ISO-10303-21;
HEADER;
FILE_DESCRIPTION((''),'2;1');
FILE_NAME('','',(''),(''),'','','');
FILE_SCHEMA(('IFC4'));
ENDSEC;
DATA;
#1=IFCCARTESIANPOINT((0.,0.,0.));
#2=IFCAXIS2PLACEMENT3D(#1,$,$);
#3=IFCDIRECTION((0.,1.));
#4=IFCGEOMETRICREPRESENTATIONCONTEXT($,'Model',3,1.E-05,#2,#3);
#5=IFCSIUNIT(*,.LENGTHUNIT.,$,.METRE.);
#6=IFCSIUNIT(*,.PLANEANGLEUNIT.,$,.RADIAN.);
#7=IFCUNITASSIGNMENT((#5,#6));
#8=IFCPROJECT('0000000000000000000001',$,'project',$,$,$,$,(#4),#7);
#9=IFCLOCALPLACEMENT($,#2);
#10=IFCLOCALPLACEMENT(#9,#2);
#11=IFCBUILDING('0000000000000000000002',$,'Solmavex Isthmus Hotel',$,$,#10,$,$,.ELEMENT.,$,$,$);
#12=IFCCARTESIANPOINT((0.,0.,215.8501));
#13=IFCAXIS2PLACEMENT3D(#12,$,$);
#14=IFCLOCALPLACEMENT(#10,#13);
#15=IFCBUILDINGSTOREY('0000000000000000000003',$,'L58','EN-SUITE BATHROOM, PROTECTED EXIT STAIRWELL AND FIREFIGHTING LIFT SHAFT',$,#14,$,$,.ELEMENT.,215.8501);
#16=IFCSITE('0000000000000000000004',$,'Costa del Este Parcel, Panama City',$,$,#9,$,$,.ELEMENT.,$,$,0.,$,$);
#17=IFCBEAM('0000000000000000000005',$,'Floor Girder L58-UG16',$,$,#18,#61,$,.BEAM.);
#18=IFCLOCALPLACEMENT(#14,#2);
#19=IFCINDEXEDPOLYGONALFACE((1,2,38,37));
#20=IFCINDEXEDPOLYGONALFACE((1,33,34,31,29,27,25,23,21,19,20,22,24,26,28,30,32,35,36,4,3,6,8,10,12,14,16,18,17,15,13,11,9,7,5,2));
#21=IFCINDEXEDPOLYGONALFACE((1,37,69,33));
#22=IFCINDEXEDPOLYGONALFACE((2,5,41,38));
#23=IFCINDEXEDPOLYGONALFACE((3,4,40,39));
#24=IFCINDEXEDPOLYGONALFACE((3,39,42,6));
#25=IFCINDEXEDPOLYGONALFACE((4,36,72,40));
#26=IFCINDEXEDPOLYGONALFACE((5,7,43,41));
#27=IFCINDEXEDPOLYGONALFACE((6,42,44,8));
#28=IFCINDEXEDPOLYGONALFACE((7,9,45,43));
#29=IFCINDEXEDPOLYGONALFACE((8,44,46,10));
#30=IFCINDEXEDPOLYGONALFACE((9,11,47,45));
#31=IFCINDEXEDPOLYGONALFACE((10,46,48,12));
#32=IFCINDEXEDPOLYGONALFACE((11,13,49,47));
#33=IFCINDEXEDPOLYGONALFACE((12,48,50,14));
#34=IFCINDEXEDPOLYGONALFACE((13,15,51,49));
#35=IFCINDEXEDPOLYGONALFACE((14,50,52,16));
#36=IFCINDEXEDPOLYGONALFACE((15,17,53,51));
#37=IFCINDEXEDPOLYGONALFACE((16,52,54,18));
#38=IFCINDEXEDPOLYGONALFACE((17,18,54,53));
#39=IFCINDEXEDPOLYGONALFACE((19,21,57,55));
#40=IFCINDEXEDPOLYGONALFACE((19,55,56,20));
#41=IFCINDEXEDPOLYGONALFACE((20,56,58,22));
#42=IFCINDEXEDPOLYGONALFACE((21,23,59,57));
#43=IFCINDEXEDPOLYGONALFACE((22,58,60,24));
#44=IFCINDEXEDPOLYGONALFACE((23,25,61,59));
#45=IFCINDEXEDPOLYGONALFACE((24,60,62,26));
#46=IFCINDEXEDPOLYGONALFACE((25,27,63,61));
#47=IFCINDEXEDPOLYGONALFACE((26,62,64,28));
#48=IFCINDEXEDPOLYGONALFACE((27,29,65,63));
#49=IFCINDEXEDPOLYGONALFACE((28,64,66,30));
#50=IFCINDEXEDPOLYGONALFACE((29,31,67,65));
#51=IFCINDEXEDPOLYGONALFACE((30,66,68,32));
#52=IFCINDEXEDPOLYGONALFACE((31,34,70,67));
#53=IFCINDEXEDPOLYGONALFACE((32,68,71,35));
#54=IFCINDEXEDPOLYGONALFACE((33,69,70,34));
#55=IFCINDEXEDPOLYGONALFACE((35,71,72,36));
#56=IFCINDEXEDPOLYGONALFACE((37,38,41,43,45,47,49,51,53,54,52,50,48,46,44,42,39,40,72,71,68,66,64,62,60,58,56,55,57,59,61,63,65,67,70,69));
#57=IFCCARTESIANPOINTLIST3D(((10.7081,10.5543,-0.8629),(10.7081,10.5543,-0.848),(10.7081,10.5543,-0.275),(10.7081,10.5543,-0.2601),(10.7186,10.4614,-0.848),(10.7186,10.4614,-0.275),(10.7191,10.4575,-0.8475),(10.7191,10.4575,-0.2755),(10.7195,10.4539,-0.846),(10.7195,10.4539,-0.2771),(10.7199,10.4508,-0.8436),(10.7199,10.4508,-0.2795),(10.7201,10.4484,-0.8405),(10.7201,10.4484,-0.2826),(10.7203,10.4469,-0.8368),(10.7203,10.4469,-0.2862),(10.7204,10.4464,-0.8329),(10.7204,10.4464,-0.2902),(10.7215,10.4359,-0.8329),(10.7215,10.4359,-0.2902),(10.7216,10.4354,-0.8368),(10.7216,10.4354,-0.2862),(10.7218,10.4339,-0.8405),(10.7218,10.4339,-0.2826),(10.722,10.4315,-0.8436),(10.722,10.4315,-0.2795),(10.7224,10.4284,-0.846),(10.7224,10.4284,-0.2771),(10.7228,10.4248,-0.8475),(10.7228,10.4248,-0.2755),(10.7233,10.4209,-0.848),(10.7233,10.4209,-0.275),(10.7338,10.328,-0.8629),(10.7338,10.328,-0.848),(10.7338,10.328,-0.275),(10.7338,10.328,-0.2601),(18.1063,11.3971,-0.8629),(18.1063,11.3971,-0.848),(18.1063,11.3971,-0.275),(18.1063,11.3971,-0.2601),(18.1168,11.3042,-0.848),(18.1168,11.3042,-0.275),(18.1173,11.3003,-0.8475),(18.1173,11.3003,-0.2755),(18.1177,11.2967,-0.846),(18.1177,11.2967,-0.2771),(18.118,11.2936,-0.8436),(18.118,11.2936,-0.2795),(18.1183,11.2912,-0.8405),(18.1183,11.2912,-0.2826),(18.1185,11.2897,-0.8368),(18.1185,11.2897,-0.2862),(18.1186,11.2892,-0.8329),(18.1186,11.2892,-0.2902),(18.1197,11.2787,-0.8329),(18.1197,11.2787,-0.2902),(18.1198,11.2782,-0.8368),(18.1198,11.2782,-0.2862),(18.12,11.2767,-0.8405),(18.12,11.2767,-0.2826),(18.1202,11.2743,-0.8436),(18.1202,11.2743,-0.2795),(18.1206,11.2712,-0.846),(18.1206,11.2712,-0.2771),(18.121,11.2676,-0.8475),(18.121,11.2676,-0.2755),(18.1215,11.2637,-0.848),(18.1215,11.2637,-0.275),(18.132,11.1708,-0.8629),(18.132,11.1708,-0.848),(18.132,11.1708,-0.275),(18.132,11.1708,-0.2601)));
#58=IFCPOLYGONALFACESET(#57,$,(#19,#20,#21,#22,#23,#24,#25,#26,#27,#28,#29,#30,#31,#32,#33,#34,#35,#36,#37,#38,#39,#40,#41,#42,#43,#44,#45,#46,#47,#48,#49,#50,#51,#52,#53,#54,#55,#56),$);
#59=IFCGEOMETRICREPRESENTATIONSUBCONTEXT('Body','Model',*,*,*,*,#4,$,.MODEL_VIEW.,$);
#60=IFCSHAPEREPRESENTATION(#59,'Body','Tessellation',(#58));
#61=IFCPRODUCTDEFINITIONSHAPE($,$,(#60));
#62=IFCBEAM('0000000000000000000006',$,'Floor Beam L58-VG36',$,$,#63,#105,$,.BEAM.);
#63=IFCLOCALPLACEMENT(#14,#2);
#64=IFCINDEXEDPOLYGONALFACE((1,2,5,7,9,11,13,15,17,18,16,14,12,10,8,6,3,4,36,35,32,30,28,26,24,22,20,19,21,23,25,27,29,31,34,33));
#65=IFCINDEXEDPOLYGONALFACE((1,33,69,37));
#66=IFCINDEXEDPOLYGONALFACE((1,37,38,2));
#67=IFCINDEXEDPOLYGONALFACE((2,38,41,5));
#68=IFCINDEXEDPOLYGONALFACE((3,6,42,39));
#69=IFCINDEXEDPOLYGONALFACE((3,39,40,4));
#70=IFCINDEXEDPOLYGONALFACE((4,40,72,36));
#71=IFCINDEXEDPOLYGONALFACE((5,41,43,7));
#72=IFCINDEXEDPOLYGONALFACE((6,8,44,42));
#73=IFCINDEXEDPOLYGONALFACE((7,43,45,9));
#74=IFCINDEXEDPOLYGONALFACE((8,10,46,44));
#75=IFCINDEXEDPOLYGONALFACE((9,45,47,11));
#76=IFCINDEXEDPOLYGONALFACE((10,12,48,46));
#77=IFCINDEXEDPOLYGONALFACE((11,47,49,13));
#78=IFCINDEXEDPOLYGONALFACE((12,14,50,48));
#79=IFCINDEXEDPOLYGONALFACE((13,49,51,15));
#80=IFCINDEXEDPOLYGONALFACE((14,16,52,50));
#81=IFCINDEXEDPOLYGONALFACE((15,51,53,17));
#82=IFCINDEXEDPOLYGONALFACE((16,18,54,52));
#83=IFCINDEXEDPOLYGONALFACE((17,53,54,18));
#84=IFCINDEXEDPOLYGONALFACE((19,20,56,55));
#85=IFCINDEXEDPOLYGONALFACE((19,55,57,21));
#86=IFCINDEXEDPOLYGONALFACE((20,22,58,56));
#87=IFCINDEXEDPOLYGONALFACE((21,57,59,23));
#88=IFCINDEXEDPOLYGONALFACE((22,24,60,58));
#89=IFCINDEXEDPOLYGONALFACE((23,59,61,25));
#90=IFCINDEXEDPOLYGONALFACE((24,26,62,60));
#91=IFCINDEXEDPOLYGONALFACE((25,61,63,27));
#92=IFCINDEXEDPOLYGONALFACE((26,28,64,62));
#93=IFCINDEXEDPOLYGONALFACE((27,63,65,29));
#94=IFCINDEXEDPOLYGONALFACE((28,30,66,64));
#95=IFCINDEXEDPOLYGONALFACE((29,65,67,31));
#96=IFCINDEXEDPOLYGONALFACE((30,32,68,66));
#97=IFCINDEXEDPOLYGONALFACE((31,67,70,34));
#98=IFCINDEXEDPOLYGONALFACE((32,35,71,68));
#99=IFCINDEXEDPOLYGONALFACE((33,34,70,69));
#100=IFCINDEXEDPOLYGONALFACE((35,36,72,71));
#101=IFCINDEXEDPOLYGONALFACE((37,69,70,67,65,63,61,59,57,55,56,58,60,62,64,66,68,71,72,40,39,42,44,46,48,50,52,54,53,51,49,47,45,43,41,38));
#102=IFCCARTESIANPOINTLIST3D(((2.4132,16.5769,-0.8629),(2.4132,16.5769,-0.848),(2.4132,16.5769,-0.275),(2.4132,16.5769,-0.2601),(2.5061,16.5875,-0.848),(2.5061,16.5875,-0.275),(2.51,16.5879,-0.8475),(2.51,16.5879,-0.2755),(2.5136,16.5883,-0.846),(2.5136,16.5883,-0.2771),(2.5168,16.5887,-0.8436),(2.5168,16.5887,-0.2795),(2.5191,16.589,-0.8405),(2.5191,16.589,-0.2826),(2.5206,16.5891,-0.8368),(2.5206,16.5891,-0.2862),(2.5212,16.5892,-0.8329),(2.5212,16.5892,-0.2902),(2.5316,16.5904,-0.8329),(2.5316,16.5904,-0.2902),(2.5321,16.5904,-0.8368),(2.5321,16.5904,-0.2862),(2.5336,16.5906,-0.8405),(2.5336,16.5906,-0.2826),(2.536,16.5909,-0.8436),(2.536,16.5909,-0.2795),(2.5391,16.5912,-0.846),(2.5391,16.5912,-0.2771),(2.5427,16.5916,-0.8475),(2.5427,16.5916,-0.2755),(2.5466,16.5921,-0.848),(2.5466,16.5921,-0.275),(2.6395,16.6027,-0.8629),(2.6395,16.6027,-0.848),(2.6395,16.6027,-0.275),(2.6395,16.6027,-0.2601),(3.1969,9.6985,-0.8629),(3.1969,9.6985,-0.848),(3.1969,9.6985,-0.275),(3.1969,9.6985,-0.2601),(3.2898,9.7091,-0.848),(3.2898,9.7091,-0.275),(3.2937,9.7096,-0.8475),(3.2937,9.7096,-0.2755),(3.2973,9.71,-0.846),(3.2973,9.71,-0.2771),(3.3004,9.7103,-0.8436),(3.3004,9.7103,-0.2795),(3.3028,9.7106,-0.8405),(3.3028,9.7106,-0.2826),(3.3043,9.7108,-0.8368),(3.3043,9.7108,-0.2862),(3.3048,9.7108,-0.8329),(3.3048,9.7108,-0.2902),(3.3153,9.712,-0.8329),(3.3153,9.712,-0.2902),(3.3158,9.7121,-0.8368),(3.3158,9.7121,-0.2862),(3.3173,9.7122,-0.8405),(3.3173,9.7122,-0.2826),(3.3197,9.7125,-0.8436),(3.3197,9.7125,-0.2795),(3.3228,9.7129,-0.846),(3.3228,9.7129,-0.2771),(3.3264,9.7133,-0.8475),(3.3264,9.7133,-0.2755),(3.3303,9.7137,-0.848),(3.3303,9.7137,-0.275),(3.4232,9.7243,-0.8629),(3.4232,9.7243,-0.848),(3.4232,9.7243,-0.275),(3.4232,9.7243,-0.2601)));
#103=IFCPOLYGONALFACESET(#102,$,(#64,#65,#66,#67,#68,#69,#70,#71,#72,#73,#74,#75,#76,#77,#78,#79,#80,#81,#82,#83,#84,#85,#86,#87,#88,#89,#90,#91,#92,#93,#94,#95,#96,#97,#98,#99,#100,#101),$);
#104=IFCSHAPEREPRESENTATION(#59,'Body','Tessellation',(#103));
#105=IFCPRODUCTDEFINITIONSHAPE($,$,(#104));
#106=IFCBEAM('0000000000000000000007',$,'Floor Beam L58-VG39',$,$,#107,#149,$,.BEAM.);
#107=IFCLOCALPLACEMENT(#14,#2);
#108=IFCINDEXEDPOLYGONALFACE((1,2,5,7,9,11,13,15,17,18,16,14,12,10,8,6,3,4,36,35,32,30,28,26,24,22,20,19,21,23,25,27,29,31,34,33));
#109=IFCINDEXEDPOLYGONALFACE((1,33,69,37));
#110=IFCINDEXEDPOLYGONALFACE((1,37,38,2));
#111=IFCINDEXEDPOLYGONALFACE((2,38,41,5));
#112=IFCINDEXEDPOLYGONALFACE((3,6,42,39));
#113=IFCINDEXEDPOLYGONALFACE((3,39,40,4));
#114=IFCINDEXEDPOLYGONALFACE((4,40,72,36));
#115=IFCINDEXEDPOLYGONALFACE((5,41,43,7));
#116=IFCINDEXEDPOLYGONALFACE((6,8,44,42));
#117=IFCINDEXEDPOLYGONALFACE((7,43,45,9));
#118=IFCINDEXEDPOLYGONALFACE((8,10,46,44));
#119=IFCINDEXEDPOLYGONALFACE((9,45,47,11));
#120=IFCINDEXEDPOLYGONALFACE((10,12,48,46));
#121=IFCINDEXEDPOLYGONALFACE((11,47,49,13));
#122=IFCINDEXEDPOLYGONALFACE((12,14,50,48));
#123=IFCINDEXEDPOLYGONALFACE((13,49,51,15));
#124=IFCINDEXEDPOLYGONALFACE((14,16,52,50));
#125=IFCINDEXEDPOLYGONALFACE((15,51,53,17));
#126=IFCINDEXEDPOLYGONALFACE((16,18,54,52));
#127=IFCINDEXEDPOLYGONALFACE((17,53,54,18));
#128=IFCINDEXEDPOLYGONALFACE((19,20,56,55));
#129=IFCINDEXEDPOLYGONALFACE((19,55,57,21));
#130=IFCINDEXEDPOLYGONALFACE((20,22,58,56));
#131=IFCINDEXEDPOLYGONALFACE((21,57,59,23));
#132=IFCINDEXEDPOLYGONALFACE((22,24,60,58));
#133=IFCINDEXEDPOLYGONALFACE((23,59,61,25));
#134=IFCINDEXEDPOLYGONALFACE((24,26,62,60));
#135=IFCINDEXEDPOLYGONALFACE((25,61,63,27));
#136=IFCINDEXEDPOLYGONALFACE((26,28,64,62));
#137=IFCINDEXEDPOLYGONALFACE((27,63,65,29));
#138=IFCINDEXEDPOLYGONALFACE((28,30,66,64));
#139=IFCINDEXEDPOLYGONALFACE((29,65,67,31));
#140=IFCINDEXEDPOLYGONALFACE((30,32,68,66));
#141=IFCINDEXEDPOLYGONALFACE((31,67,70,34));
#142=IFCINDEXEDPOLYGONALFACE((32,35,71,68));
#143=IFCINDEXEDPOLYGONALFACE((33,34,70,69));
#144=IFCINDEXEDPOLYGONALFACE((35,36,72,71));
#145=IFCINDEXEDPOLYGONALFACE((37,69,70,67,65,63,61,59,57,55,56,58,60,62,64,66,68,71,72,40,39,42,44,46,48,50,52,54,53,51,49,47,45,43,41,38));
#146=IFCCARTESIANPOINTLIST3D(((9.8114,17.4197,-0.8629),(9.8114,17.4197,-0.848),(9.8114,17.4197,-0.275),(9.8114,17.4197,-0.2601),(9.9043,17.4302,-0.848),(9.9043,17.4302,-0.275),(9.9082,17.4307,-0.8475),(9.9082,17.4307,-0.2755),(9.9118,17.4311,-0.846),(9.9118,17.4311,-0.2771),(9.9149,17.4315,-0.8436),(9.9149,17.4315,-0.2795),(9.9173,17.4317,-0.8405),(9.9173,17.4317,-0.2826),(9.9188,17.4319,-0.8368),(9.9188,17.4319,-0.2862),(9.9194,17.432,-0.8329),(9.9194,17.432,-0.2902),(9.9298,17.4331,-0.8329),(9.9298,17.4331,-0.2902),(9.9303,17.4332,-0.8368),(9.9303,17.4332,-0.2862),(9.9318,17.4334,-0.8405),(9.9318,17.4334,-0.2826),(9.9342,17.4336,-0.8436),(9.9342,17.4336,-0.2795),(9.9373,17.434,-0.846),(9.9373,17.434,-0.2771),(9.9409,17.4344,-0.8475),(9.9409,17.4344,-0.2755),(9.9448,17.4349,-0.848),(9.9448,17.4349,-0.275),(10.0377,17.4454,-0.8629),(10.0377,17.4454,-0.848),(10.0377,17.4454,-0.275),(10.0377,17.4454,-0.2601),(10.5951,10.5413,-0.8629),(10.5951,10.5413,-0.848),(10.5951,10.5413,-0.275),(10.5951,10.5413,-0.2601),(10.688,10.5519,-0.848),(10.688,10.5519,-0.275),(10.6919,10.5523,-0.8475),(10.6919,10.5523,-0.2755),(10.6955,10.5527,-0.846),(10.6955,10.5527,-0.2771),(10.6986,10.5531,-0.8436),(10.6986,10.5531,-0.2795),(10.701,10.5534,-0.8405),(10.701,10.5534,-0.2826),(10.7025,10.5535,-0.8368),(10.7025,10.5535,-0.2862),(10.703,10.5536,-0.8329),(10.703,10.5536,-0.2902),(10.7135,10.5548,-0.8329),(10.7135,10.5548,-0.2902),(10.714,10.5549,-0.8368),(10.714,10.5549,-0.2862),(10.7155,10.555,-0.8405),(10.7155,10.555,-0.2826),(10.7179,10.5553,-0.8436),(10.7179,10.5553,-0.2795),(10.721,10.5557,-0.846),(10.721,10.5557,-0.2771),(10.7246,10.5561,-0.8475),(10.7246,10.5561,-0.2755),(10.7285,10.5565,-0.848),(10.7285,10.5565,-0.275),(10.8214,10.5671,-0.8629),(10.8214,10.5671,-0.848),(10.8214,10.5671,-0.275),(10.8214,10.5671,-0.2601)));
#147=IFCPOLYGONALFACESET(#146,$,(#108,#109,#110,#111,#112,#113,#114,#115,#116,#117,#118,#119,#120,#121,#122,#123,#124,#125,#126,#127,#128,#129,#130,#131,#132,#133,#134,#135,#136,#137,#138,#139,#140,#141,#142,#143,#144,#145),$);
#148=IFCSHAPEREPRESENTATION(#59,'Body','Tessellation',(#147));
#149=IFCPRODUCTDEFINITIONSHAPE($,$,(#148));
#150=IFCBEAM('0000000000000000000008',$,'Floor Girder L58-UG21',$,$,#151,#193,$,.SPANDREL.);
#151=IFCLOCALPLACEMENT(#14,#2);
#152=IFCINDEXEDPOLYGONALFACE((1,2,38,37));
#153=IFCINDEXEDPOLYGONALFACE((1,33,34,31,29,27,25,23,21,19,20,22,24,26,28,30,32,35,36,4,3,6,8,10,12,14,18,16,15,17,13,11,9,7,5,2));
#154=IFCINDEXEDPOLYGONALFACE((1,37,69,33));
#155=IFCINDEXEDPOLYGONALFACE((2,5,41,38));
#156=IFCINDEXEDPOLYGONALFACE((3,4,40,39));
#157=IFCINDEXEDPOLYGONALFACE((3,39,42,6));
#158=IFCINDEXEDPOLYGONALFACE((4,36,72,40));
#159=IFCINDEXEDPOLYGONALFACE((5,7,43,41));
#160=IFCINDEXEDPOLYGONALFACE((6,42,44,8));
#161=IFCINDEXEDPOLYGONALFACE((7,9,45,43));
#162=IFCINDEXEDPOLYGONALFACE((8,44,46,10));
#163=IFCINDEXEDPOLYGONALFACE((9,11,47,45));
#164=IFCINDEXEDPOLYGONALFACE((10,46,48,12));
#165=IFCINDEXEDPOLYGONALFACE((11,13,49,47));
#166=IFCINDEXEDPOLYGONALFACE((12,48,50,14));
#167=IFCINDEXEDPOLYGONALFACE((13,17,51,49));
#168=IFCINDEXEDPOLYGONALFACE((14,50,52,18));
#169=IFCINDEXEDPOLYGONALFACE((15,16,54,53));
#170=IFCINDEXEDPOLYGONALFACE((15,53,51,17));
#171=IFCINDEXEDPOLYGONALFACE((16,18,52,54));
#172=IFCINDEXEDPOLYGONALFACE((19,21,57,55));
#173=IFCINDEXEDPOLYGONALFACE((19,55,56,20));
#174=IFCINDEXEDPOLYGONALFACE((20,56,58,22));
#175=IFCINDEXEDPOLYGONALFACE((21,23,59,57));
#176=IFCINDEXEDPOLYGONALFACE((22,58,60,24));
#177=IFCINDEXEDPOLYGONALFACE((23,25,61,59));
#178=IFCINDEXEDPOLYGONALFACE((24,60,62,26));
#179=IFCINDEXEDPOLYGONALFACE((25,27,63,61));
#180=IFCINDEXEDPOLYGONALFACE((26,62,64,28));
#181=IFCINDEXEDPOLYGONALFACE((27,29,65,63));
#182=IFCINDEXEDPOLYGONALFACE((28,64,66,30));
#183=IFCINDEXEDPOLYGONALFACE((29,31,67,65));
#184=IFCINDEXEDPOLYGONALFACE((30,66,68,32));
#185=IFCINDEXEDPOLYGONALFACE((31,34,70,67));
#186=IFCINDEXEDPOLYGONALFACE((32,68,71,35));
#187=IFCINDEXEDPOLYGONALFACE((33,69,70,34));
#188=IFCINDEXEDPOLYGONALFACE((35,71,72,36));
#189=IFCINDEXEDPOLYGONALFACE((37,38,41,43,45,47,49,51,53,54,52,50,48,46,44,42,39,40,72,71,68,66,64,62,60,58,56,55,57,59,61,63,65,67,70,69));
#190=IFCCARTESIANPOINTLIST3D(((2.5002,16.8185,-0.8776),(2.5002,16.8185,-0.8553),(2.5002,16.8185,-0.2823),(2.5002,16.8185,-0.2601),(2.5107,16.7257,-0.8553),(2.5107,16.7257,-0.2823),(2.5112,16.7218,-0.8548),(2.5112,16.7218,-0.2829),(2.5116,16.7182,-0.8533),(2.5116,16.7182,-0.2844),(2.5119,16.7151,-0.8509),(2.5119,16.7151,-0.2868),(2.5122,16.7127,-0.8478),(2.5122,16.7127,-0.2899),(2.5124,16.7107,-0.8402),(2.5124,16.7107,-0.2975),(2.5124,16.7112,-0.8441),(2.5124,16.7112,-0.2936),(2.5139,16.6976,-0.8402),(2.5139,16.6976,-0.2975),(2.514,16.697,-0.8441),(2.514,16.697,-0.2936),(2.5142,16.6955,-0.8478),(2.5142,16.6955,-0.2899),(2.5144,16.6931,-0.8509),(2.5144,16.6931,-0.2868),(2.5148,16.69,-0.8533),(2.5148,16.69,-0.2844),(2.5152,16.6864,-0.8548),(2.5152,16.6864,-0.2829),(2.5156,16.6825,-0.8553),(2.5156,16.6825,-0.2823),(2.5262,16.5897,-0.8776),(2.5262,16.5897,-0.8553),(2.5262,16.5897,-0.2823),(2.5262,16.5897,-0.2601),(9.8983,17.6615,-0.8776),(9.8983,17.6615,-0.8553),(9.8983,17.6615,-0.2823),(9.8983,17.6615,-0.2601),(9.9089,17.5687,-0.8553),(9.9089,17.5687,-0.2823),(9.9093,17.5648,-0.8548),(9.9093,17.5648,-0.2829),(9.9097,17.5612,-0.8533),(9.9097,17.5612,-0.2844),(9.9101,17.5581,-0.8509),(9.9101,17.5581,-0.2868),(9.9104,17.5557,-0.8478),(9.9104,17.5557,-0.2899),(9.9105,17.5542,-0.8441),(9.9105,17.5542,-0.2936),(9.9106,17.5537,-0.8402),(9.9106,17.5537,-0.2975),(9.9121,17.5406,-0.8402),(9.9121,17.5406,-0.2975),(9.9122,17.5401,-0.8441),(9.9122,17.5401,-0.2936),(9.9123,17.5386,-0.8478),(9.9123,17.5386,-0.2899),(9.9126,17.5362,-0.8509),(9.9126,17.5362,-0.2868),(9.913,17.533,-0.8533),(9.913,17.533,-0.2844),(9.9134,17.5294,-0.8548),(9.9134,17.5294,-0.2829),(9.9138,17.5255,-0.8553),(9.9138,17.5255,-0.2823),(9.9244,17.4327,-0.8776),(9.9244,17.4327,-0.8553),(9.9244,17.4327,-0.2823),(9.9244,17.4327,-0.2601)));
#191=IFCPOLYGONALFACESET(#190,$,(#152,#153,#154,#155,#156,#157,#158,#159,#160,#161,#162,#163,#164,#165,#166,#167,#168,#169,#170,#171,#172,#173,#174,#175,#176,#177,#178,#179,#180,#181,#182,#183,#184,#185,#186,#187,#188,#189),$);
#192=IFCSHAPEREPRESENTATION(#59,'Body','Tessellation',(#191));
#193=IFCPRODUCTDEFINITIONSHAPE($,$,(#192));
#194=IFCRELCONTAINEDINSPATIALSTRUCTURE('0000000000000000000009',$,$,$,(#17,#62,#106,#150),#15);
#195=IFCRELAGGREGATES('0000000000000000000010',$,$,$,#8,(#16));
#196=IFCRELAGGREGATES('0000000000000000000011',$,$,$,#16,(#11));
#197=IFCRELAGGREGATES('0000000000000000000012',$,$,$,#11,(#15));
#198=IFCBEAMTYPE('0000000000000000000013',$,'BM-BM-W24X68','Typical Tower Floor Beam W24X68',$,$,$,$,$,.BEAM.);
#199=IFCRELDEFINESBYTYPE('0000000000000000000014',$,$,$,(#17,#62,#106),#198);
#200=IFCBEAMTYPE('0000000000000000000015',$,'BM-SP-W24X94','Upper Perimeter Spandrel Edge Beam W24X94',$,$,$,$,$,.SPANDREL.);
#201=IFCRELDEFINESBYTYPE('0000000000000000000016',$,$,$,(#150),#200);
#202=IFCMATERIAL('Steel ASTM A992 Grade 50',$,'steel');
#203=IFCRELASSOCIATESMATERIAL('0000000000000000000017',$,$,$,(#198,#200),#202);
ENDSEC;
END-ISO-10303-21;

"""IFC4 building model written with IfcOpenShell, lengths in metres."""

from ifc_helpers import new_model, si_unit, direction, frame, origin, origin_2d, place, context, subcontext, project, spatial, i_section, extrude, material, material_profile, profile_set, type_object, element, save


model = new_model("IFC4")

# Units and contexts
model_context = context("Model", 3, precision=1e-05, world=origin(), true_north=direction((0.0, 1.0)))
body_context = subcontext(model_context, "Body", "Model", "MODEL_VIEW")
ifc_project = project(units=[si_unit("LENGTHUNIT", "METRE"), si_unit("PLANEANGLEUNIT", "RADIAN")], contexts=[model_context])

# Site, building, storey
site_placement = place(None, origin())
site = spatial("IfcSite", under=ifc_project, at=site_placement, Name="Costa del Este Parcel, Panama City", CompositionType="ELEMENT", RefElevation=0.0)
building_placement = place(site_placement, origin())
building = spatial("IfcBuilding", under=site, at=building_placement, Name="Solmavex Isthmus Hotel", CompositionType="ELEMENT")
storey_placement = place(building_placement, frame((0.0, 0.0, 215.8501)))
storey = spatial("IfcBuildingStorey", under=building, at=storey_placement, Name="L58", Description="EN-SUITE BATHROOM, PROTECTED EXIT STAIRWELL AND FIREFIGHTING LIFT SHAFT", CompositionType="ELEMENT", Elevation=215.8501)

# Beams
ifc_material_1 = material(Name="Steel ASTM A992 Grade 50", Category="steel")
ifc_material_profile_1 = material_profile(ifc_material_1, i_section(OverallWidth=0.2278, OverallDepth=0.6028, WebThickness=0.0105, FlangeThickness=0.0149, FilletRadius=0.0151, at=origin_2d()), Name="W24X68")
ifc_profile_set_1 = profile_set([ifc_material_profile_1], Name="Steel ASTM A992 Grade 50")
beam_type_1 = type_object("IfcBeamType", Name="BM-BM-W24X68", Description="Typical Tower Floor Beam W24X68", PredefinedType="BEAM", material=ifc_profile_set_1)
beam_1_placement = place(storey_placement, frame((10.7209, 10.4412, -0.5615), z_axis=(0.993574, 0.113184, 0.0), x_axis=(-0.113184, 0.993574, 0.0)))
element("IfcBeam", 1, at=beam_1_placement, inside=storey, type_object=beam_type_1, Name="Floor Girder L58-UG16", PredefinedType="BEAM", context=body_context, shape_type="SweptSolid", body=[
    extrude(i_section(OverallWidth=0.2278, OverallDepth=0.6028, WebThickness=0.0105, FlangeThickness=0.0149, FilletRadius=0.0151, at=origin_2d()), origin(), (0.0, 0.0, 1.0), 7.446),
])
for number, where, z_axis, x_axis, name in (
    (2, (3.3101, 9.7114, -0.5615), (-0.113202, 0.993572, 0.0), (-0.993572, -0.113202, 0.0), "Floor Beam L58-VG36"),
    (3, (10.7083, 10.5542, -0.5615), (-0.113202, 0.993572, 0.0), (-0.993572, -0.113202, 0.0), "Floor Beam L58-VG39"),
):
    element("IfcBeam", number, at=place(storey_placement, frame(where, z_axis=z_axis, x_axis=x_axis)), inside=storey, type_object=beam_type_1, Name=name, PredefinedType="BEAM", context=body_context, shape_type="SweptSolid", body=[
        extrude(i_section(OverallWidth=0.2278, OverallDepth=0.6028, WebThickness=0.0105, FlangeThickness=0.0149, FilletRadius=0.0151, at=origin_2d()), origin(), (0.0, 0.0, 1.0), 6.9229),
    ])
ifc_material_profile_2 = material_profile(ifc_material_1, i_section(OverallWidth=0.2302, OverallDepth=0.6174, WebThickness=0.0132, FlangeThickness=0.0222, FilletRadius=0.0151, at=origin_2d()), Name="W24X94")
ifc_profile_set_2 = profile_set([ifc_material_profile_2], Name="Steel ASTM A992 Grade 50")
beam_type_2 = type_object("IfcBeamType", Name="BM-SP-W24X94", Description="Upper Perimeter Spandrel Edge Beam W24X94", PredefinedType="SPANDREL", material=ifc_profile_set_2)
for number, where, z_axis, x_axis, name in (
    (4, (2.5132, 16.7041, -0.5688), (0.99357, 0.113216, 0.0), (-0.113216, 0.99357, 0.0), "Floor Girder L58-UG21"),
):
    element("IfcBeam", number, at=place(storey_placement, frame(where, z_axis=z_axis, x_axis=x_axis)), inside=storey, type_object=beam_type_2, Name=name, PredefinedType="SPANDREL", context=body_context, shape_type="SweptSolid", body=[
        extrude(i_section(OverallWidth=0.2302, OverallDepth=0.6174, WebThickness=0.0132, FlangeThickness=0.0222, FilletRadius=0.0151, at=origin_2d()), origin(), (0.0, 0.0, 1.0), 7.446),
    ])

save(model, "model.ifc")
